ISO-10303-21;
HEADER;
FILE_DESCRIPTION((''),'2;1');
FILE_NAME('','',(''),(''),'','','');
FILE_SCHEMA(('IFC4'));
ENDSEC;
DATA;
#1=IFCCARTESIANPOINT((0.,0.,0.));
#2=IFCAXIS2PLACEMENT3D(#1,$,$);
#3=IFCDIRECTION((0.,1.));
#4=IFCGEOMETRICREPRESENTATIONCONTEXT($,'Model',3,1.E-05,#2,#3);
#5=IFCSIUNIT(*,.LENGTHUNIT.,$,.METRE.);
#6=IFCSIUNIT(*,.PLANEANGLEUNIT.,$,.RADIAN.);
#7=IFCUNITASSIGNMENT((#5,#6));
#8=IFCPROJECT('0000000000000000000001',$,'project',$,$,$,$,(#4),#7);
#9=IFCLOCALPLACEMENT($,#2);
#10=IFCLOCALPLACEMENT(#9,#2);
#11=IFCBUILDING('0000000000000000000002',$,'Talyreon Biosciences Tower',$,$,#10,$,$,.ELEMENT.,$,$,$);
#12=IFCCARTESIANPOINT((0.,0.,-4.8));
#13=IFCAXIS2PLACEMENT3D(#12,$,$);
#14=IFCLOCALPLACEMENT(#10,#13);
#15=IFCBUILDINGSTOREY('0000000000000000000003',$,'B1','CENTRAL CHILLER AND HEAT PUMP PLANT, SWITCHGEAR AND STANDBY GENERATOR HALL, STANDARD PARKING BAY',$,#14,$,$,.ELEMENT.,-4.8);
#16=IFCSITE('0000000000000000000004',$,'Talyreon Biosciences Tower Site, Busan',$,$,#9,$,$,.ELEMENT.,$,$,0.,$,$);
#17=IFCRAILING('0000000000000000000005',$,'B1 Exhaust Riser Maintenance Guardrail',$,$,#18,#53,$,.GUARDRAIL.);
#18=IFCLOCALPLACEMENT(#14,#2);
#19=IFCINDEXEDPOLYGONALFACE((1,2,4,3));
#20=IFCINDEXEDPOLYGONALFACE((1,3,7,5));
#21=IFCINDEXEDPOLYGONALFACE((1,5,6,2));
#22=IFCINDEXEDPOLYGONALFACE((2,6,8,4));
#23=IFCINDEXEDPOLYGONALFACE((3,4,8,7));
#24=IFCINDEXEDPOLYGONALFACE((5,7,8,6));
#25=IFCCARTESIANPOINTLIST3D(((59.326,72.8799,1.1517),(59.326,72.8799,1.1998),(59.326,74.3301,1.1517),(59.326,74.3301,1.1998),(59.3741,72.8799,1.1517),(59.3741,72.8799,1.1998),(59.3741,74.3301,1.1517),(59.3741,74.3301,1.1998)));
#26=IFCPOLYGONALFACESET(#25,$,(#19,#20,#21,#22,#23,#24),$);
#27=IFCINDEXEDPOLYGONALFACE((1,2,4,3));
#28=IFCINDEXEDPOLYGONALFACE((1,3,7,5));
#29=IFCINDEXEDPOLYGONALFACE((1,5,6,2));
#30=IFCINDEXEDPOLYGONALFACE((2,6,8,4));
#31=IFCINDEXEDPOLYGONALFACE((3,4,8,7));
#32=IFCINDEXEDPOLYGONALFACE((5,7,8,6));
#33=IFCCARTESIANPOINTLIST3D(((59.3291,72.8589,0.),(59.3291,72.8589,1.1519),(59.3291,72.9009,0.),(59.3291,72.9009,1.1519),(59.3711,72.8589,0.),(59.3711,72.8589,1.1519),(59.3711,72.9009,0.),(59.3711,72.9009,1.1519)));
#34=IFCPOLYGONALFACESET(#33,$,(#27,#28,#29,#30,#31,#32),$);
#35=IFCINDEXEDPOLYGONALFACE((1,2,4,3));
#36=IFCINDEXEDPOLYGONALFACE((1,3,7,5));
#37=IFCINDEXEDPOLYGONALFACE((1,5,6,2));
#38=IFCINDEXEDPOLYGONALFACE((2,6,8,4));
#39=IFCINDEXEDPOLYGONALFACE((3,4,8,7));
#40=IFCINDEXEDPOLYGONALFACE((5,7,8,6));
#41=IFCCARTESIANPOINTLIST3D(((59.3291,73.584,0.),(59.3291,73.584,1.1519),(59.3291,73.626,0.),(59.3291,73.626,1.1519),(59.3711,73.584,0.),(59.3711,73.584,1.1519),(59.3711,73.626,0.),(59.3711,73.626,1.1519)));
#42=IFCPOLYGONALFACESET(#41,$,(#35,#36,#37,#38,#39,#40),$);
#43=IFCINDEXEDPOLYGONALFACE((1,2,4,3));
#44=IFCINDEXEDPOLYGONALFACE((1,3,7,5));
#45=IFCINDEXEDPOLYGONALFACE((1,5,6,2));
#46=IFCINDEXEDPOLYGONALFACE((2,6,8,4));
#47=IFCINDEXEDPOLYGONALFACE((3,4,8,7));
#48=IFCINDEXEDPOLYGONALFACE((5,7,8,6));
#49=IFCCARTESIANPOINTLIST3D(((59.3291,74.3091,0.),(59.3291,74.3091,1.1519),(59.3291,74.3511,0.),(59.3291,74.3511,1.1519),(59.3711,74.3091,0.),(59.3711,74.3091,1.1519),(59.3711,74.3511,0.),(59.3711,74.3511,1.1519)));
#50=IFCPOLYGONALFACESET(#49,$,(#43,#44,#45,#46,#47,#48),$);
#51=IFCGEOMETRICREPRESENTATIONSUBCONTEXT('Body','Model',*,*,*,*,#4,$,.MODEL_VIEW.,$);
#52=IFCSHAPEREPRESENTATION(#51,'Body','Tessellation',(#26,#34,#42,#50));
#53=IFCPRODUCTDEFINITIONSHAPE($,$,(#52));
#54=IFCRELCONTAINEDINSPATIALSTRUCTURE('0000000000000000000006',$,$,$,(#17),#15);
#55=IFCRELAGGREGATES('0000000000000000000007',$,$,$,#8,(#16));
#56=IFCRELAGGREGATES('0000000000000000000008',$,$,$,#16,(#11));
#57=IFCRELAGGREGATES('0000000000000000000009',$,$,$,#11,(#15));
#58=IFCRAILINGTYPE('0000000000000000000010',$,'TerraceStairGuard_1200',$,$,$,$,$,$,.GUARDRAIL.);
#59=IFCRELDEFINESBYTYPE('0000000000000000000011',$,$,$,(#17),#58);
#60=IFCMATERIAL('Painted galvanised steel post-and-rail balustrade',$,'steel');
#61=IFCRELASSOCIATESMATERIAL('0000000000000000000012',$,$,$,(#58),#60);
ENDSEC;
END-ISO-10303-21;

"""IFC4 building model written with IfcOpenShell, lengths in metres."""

from ifc_helpers import new_model, si_unit, direction, frame, origin, origin_2d, place, context, subcontext, project, spatial, rectangle, extrude, material, type_object, element, save


model = new_model("IFC4")

# Units and contexts
model_context = context("Model", 3, precision=1e-05, world=origin(), true_north=direction((0.0, 1.0)))
body_context = subcontext(model_context, "Body", "Model", "MODEL_VIEW")
ifc_project = project(units=[si_unit("LENGTHUNIT", "METRE"), si_unit("PLANEANGLEUNIT", "RADIAN")], contexts=[model_context])

# Site, building, storey
site_placement = place(None, origin())
site = spatial("IfcSite", under=ifc_project, at=site_placement, Name="Talyreon Biosciences Tower Site, Busan", CompositionType="ELEMENT", RefElevation=0.0)
building_placement = place(site_placement, origin())
building = spatial("IfcBuilding", under=site, at=building_placement, Name="Talyreon Biosciences Tower", CompositionType="ELEMENT")
storey_placement = place(building_placement, frame((0.0, 0.0, -4.8)))
storey = spatial("IfcBuildingStorey", under=building, at=storey_placement, Name="B1", Description="CENTRAL CHILLER AND HEAT PUMP PLANT, SWITCHGEAR AND STANDBY GENERATOR HALL, STANDARD PARKING BAY", CompositionType="ELEMENT", Elevation=-4.8)

# Railing
ifc_material_1 = material(Name="Painted galvanised steel post-and-rail balustrade", Category="steel")
railing_type = type_object("IfcRailingType", Name="TerraceStairGuard_1200", PredefinedType="GUARDRAIL", material=ifc_material_1)
railing_placement = place(storey_placement, frame((59.3501, 72.8799, 0.0)))
element("IfcRailing", 1, at=railing_placement, inside=storey, type_object=railing_type, Name="B1 Exhaust Riser Maintenance Guardrail", PredefinedType="GUARDRAIL", context=body_context, shape_type="SweptSolid", body=[
    extrude(rectangle(XDim=0.0481, YDim=0.0481, at=origin_2d()), frame((0.0, 0.0, 1.1758), z_axis=(0.0, 1.0, 0.0), x_axis=(-1.0, 0.0, 0.0)), (0.0, 0.0, 1.0), 1.4502),
    extrude(rectangle(XDim=0.042, YDim=0.042, at=origin_2d()), origin(), (0.0, 0.0, 1.0), 1.1519),
    extrude(rectangle(XDim=0.042, YDim=0.042, at=origin_2d()), frame((0.0, 0.7251, 0.0)), (0.0, 0.0, 1.0), 1.1519),
    extrude(rectangle(XDim=0.042, YDim=0.042, at=origin_2d()), frame((0.0, 1.4502, 0.0)), (0.0, 0.0, 1.0), 1.1519),
])

save(model, "model.ifc")
